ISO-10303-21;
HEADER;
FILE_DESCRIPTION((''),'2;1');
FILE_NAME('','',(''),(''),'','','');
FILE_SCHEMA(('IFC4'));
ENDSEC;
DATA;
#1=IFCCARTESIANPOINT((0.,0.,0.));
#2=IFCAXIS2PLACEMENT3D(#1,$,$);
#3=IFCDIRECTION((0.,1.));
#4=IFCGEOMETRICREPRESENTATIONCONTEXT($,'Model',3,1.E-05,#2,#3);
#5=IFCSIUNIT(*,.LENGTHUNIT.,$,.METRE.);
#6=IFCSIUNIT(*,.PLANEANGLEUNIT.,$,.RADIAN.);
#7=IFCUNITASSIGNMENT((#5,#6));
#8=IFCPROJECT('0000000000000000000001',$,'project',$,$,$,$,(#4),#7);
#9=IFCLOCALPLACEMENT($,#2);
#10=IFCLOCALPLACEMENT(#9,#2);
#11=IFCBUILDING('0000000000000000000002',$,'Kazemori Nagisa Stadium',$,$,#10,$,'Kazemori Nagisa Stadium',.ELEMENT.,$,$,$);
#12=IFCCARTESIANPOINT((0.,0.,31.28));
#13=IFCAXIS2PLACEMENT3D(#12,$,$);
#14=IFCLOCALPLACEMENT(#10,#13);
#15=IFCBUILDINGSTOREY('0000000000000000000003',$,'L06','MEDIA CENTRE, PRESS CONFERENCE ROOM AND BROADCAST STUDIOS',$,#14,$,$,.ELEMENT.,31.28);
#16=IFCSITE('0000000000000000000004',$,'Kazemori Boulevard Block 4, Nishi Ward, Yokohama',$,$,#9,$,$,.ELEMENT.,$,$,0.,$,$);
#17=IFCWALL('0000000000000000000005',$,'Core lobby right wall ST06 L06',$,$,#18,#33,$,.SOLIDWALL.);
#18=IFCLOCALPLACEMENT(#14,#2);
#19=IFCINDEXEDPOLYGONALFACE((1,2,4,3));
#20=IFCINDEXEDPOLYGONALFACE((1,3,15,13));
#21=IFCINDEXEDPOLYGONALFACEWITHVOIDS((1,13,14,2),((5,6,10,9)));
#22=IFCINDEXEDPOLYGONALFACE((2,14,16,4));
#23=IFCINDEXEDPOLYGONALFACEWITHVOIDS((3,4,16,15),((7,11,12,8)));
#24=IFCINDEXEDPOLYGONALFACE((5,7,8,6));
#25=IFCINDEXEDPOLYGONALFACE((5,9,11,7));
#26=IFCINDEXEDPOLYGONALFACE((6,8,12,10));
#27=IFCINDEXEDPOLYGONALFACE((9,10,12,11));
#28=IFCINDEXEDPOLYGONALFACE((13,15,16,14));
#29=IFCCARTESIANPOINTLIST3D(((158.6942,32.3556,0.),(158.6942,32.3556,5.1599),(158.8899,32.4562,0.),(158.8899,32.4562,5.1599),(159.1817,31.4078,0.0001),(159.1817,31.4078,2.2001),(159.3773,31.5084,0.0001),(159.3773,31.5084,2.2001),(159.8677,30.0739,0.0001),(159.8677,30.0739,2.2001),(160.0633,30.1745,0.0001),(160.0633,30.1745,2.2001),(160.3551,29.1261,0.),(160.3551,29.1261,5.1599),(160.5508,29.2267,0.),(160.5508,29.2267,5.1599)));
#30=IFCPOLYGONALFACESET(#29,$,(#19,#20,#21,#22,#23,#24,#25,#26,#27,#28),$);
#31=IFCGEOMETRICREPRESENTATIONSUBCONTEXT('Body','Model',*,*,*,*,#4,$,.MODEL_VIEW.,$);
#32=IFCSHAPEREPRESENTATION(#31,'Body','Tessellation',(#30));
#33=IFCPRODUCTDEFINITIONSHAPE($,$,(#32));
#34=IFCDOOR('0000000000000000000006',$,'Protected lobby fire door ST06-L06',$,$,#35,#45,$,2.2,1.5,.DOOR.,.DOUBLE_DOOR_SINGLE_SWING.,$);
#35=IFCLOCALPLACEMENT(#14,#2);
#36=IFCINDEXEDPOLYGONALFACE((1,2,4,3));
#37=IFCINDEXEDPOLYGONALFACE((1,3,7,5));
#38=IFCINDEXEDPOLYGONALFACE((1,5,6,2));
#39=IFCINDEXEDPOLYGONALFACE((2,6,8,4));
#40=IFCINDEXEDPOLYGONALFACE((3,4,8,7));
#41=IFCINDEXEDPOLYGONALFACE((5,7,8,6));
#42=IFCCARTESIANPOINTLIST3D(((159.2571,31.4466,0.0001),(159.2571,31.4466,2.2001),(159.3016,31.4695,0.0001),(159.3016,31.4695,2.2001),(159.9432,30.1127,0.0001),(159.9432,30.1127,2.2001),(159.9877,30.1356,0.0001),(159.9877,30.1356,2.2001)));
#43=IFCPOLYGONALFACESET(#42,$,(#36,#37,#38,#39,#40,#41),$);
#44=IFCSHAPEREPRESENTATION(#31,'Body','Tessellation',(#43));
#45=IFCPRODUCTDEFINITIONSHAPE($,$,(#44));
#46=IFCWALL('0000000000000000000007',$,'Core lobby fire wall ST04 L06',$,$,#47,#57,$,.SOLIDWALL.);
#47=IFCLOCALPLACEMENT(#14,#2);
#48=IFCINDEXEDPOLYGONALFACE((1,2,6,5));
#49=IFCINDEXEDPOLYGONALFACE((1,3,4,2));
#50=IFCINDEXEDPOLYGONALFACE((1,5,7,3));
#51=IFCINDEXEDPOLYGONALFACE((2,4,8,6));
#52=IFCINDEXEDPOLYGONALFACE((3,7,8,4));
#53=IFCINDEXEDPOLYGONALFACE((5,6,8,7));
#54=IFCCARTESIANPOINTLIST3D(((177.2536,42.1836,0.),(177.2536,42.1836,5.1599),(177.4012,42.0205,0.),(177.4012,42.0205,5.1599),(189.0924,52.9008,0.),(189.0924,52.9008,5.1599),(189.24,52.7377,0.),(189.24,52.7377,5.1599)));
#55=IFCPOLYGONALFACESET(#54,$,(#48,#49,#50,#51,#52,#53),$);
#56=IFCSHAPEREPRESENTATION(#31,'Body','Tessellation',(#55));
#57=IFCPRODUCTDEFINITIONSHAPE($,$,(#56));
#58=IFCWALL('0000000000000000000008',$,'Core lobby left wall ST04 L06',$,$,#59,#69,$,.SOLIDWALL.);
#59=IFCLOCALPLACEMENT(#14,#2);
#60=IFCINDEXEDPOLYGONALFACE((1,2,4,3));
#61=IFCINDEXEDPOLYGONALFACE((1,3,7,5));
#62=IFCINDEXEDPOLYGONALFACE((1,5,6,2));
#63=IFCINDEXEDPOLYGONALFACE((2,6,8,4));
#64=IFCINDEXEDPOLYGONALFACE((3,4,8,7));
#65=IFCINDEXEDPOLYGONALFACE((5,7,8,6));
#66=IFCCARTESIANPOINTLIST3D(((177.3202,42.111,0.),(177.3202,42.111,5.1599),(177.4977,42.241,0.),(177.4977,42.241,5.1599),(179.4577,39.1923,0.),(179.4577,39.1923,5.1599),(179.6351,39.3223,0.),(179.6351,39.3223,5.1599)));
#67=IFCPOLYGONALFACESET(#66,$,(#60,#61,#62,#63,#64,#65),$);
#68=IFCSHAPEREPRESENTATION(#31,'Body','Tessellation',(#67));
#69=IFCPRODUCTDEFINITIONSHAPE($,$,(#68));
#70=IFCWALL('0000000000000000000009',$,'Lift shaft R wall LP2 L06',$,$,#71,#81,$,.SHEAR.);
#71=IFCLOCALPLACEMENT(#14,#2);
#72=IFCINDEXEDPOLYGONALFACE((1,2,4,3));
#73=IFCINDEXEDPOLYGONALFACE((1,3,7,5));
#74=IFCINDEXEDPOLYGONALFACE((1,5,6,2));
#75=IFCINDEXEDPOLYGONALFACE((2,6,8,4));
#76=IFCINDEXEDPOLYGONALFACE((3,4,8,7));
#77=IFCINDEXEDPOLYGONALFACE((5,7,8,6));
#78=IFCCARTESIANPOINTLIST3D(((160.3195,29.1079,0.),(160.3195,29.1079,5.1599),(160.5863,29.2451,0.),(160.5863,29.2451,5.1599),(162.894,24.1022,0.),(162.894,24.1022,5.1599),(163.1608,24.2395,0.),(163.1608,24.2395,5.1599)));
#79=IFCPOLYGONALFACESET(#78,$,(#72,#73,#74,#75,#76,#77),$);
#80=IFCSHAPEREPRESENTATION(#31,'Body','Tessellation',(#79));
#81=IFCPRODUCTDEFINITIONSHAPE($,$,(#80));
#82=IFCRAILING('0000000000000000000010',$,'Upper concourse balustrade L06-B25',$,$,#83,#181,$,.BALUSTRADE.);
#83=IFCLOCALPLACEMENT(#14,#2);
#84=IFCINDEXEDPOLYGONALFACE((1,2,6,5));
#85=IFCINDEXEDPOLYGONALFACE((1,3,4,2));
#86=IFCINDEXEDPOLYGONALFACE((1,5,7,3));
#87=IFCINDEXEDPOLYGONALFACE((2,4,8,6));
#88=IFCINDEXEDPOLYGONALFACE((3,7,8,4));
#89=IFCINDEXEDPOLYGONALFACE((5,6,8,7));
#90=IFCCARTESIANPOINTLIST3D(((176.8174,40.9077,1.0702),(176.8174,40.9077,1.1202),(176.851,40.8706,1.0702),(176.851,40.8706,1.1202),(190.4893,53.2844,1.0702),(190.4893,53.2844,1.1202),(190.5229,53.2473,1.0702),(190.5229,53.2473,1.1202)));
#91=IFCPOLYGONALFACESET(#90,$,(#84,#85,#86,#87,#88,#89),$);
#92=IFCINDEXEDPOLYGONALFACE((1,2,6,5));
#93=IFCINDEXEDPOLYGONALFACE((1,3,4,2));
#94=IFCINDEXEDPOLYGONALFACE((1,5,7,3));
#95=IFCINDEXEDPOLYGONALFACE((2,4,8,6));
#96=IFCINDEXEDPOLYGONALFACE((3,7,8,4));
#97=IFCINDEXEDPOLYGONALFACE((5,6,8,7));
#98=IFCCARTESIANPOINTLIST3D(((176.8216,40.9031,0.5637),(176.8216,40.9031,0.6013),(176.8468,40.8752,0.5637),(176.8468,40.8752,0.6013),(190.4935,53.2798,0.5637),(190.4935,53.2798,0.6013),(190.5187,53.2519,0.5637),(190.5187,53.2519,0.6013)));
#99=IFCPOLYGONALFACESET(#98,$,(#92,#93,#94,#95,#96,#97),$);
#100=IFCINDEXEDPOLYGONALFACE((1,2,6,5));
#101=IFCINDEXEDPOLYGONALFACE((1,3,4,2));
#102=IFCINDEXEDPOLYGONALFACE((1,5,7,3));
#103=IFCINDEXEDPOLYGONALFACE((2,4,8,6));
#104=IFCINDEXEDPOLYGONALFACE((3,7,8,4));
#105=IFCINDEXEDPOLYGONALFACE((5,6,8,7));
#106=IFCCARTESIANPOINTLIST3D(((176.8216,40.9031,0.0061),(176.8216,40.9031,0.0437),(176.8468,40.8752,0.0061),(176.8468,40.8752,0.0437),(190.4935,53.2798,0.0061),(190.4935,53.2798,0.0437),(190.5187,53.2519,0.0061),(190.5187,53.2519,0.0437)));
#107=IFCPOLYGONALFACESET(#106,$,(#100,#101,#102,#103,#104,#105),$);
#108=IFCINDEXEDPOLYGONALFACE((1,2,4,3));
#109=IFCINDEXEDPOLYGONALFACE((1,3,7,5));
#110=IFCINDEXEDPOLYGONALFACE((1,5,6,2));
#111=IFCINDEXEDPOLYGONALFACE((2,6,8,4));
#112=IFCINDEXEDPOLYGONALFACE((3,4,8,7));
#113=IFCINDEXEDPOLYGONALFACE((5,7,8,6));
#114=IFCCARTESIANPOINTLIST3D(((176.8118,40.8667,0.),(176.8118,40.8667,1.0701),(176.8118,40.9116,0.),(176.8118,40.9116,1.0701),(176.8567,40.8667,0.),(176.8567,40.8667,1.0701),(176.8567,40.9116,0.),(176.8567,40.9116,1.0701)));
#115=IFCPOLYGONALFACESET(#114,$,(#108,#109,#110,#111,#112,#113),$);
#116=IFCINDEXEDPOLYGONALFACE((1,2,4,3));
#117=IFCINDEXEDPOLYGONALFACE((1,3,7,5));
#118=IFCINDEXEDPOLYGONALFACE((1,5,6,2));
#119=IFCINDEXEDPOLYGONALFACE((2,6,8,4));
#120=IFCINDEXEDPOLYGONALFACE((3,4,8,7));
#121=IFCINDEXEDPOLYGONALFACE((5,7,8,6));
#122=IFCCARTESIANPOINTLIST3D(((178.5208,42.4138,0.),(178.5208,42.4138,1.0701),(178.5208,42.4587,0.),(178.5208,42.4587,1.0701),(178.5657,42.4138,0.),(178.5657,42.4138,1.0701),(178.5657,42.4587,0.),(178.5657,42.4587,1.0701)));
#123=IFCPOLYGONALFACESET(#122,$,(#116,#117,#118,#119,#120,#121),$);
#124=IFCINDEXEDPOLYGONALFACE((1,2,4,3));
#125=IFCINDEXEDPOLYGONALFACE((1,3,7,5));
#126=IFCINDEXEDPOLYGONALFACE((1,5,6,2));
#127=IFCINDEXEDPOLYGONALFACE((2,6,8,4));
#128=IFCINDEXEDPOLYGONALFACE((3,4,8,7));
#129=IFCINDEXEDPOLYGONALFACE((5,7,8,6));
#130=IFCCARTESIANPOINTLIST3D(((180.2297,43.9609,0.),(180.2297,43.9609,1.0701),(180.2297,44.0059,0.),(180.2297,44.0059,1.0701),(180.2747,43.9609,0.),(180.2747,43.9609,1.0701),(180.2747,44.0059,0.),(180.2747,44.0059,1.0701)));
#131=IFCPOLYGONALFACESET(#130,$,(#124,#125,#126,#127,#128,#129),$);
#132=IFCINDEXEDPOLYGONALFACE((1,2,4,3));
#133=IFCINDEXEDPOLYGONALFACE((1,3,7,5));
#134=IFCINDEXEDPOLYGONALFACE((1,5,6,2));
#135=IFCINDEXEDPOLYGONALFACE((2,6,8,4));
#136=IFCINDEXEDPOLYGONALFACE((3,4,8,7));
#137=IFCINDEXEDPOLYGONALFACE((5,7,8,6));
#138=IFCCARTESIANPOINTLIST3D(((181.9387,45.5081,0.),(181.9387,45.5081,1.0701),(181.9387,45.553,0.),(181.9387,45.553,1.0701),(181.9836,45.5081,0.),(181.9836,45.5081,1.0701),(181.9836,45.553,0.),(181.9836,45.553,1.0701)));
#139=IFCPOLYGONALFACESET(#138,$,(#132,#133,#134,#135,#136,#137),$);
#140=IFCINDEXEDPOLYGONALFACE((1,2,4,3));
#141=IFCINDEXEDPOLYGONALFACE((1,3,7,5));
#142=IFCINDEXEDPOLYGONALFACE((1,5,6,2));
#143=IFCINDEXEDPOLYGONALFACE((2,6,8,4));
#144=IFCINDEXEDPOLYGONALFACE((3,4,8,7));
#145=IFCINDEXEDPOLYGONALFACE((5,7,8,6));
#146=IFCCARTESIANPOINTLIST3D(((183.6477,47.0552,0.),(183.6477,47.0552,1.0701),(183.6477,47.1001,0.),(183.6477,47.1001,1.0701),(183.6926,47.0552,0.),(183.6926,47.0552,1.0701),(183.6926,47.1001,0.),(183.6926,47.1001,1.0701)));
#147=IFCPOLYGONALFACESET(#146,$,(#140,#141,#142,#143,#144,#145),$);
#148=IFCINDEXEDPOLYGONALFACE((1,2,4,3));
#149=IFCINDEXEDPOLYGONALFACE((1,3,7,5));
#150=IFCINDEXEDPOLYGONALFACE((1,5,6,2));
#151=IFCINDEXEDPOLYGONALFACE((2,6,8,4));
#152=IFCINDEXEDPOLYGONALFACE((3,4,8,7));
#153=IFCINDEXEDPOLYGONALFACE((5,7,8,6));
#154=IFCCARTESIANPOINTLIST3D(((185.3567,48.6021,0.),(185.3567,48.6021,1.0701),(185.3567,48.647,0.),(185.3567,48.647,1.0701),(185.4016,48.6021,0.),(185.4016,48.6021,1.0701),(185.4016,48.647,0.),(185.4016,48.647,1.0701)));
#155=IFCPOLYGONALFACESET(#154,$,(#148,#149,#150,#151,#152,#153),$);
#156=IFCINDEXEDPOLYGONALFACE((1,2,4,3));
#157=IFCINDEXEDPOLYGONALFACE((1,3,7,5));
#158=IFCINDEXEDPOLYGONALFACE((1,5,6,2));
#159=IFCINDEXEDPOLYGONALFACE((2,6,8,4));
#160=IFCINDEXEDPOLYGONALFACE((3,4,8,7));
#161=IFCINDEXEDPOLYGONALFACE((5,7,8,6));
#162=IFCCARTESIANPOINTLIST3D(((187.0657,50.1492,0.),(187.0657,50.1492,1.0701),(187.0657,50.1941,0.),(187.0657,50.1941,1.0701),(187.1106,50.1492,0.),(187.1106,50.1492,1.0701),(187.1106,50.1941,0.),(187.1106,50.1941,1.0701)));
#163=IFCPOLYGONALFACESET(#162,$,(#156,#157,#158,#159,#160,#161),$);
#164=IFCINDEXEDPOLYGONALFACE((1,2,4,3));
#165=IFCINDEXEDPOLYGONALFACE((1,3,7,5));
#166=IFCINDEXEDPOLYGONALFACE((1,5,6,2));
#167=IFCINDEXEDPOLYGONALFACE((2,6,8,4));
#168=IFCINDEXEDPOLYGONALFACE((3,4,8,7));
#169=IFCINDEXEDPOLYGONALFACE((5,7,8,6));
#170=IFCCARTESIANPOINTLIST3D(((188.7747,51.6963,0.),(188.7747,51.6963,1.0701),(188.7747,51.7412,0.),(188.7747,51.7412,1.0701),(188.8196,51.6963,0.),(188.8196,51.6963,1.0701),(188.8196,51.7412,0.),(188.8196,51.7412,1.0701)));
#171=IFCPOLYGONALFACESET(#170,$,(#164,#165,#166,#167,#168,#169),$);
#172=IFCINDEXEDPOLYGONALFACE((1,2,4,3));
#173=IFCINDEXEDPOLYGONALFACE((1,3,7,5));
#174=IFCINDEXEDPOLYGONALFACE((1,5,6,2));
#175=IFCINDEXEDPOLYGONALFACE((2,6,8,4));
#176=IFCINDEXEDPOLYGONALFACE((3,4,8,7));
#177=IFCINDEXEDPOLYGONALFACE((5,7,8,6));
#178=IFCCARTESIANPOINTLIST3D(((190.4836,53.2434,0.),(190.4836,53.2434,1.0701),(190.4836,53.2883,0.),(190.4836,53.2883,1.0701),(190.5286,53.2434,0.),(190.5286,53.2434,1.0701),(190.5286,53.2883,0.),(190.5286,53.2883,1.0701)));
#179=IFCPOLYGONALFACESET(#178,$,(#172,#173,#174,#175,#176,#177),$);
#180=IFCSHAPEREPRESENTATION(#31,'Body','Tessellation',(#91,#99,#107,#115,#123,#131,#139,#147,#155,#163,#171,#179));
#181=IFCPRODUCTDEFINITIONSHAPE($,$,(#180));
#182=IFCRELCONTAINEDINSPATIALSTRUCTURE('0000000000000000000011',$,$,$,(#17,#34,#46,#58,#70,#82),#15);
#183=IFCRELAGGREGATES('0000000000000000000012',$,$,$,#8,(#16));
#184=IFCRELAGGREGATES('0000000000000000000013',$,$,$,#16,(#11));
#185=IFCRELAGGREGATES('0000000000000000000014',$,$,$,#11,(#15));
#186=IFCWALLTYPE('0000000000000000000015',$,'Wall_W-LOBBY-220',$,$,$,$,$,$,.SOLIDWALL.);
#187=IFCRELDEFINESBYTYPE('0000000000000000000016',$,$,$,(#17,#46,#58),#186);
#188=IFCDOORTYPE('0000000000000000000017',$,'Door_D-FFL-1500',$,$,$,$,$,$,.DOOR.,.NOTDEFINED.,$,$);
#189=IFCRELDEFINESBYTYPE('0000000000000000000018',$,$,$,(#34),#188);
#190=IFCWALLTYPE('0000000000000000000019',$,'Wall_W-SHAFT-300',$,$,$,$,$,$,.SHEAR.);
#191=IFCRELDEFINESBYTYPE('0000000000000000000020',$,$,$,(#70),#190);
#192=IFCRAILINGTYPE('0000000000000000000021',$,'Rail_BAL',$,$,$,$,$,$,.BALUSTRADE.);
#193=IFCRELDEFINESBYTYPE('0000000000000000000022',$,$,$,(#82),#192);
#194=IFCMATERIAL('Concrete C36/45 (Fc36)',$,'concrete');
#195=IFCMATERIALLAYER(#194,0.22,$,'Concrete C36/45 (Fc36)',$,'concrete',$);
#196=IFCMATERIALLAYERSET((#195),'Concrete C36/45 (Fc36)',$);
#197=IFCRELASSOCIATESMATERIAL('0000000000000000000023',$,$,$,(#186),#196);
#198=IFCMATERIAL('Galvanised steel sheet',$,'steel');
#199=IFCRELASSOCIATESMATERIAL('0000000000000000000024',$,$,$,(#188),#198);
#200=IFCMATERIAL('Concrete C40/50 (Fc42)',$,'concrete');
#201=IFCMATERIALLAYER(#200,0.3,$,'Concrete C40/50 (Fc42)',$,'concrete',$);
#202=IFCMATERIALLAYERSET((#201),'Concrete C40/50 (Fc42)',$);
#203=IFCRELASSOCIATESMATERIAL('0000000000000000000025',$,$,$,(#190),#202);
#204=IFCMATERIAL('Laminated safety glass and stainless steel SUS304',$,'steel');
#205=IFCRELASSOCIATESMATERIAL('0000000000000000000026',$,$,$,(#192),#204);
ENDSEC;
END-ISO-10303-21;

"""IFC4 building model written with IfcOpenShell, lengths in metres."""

from ifc_helpers import new_model, si_unit, direction, frame, frame_2d, origin, origin_2d, place, context, subcontext, project, spatial, rectangle, extrude, material, layer, layer_set, type_object, element, fill, save


model = new_model("IFC4")

# Units and contexts
model_context = context("Model", 3, precision=1e-05, world=origin(), true_north=direction((0.0, 1.0)))
body_context = subcontext(model_context, "Body", "Model", "MODEL_VIEW")
ifc_project = project(units=[si_unit("LENGTHUNIT", "METRE"), si_unit("PLANEANGLEUNIT", "RADIAN")], contexts=[model_context])

# Site, building, storey
site_placement = place(None, origin())
site = spatial("IfcSite", under=ifc_project, at=site_placement, Name="Kazemori Boulevard Block 4, Nishi Ward, Yokohama", CompositionType="ELEMENT", RefElevation=0.0)
building_placement = place(site_placement, origin())
building = spatial("IfcBuilding", under=site, at=building_placement, Name="Kazemori Nagisa Stadium", LongName="Kazemori Nagisa Stadium", CompositionType="ELEMENT")
storey_placement = place(building_placement, frame((0.0, 0.0, 31.28)))
storey = spatial("IfcBuildingStorey", under=building, at=storey_placement, Name="L06", Description="MEDIA CENTRE, PRESS CONFERENCE ROOM AND BROADCAST STUDIOS", CompositionType="ELEMENT", Elevation=31.28)

# Shared definitions
ifc_material_1 = material(Name="Concrete C40/50 (Fc42)", Category="concrete")

# Shared definitions
ifc_material_2 = material(Name="Galvanised steel sheet", Category="steel")

# Wall, opening, door
ifc_material_3 = material(Name="Concrete C36/45 (Fc36)", Category="concrete")
ifc_layer_1 = layer(ifc_material_3, 0.22, Name="Concrete C36/45 (Fc36)", Category="concrete")
ifc_layer_set_1 = layer_set([ifc_layer_1], Name="Concrete C36/45 (Fc36)")
wall_type_1 = type_object("IfcWallType", Name="Wall_W-LOBBY-220", PredefinedType="SOLIDWALL", material=ifc_layer_set_1)
wall_1_placement = place(storey_placement, frame((158.792, 32.406, 0.0), z_axis=(0.0, 0.0, 1.0), x_axis=(0.45735, -0.889287, 0.0)))
wall_1 = element("IfcWall", 1, at=wall_1_placement, inside=storey, type_object=wall_type_1, Name="Core lobby right wall ST06 L06", PredefinedType="SOLIDWALL", context=body_context, shape_type="SweptSolid", body=[
    extrude(rectangle(XDim=3.6316, YDim=0.22, at=frame_2d((1.8159, 0.0))), origin(), (0.0, 0.0, 1.0), 5.1599),
])
opening_1_placement = place(wall_1_placement, frame((1.0659, 0.0, 0.0)))
opening_1 = element("IfcOpeningElement", 2, at=opening_1_placement, cuts=wall_1, PredefinedType="OPENING", context=body_context, shape_type="SweptSolid", body=[
    extrude(rectangle(XDim=1.5, YDim=2.2, at=frame_2d((0.75, 1.1001))), frame((0.0, 0.1199, 0.0), z_axis=(0.0, -1.0, 0.0), x_axis=(1.0, 0.0, 0.0)), (0.0, 0.0, 1.0), 0.24),
])
door_type_1 = type_object("IfcDoorType", Name="Door_D-FFL-1500", OperationType="NOTDEFINED", PredefinedType="DOOR", material=ifc_material_2)
door_1_placement = place(opening_1_placement, origin())
door_1 = element("IfcDoor", 3, at=door_1_placement, inside=storey, type_object=door_type_1, Name="Protected lobby fire door ST06-L06", OperationType="DOUBLE_DOOR_SINGLE_SWING", OverallHeight=2.2, OverallWidth=1.5, PredefinedType="DOOR", context=body_context, shape_type="SweptSolid", body=[
    extrude(rectangle(XDim=1.5, YDim=2.2, at=frame_2d((0.75, 1.1001))), frame((0.0, 0.0249, 0.0), z_axis=(0.0, -1.0, 0.0), x_axis=(1.0, 0.0, 0.0)), (0.0, 0.0, 1.0), 0.05),
])
fill(opening_1, door_1)

# Walls
wall_2_placement = place(storey_placement, frame((177.3274, 42.1021, 0.0), z_axis=(0.0, 0.0, 1.0), x_axis=(0.741351, 0.671117, 0.0)))
element("IfcWall", 4, at=wall_2_placement, inside=storey, type_object=wall_type_1, Name="Core lobby fire wall ST04 L06", PredefinedType="SOLIDWALL", context=body_context, shape_type="SweptSolid", body=[
    extrude(rectangle(XDim=15.9692, YDim=0.22, at=frame_2d((7.9846, 0.0))), origin(), (0.0, 0.0, 1.0), 5.1599),
])
wall_3_placement = place(storey_placement, frame((177.4089, 42.176, 0.0), z_axis=(0.0, 0.0, 1.0), x_axis=(0.590837, -0.806791, 0.0)))
element("IfcWall", 5, at=wall_3_placement, inside=storey, type_object=wall_type_1, Name="Core lobby left wall ST04 L06", PredefinedType="SOLIDWALL", context=body_context, shape_type="SweptSolid", body=[
    extrude(rectangle(XDim=3.6177, YDim=0.22, at=frame_2d((1.8088, 0.0))), origin(), (0.0, 0.0, 1.0), 5.1599),
])
ifc_layer_2 = layer(ifc_material_1, 0.3, Name="Concrete C40/50 (Fc42)", Category="concrete")
ifc_layer_set_2 = layer_set([ifc_layer_2], Name="Concrete C40/50 (Fc42)")
wall_type_2 = type_object("IfcWallType", Name="Wall_W-SHAFT-300", PredefinedType="SHEAR", material=ifc_layer_set_2)
wall_4_placement = place(storey_placement, frame((160.4529, 29.1765, 0.0), z_axis=(0.0, 0.0, 1.0), x_axis=(0.457369, -0.889277, 0.0)))
element("IfcWall", 6, at=wall_4_placement, inside=storey, type_object=wall_type_2, Name="Lift shaft R wall LP2 L06", PredefinedType="SHEAR", context=body_context, shape_type="SweptSolid", body=[
    extrude(rectangle(XDim=5.6289, YDim=0.3, at=frame_2d((2.8145, 0.0))), origin(), (0.0, 0.0, 1.0), 5.1599),
])

# Railing
ifc_material_4 = material(Name="Laminated safety glass and stainless steel SUS304", Category="steel")
railing_type = type_object("IfcRailingType", Name="Rail_BAL", PredefinedType="BALUSTRADE", material=ifc_material_4)
railing_placement = place(storey_placement, frame((176.8342, 40.8892, 0.0)))
element("IfcRailing", 7, at=railing_placement, inside=storey, type_object=railing_type, Name="Upper concourse balustrade L06-B25", PredefinedType="BALUSTRADE", context=body_context, shape_type="SweptSolid", body=[
    extrude(rectangle(XDim=0.05, YDim=0.05, at=origin_2d()), frame((0.0, 0.0, 1.0952), z_axis=(0.741349, 0.67112, 0.0), x_axis=(-0.67112, 0.741349, 0.0)), (0.0, 0.0, 1.0), 18.4419),
    extrude(rectangle(XDim=0.0376, YDim=0.0376, at=origin_2d()), frame((0.0, 0.0, 0.5825), z_axis=(0.741349, 0.67112, 0.0), x_axis=(-0.67112, 0.741349, 0.0)), (0.0, 0.0, 1.0), 18.4419),
    extrude(rectangle(XDim=0.0376, YDim=0.0376, at=origin_2d()), frame((0.0, 0.0, 0.0249), z_axis=(0.741349, 0.67112, 0.0), x_axis=(-0.67112, 0.741349, 0.0)), (0.0, 0.0, 1.0), 18.4419),
    extrude(rectangle(XDim=0.0449, YDim=0.0449, at=origin_2d()), origin(), (0.0, 0.0, 1.0), 1.0701),
    extrude(rectangle(XDim=0.0449, YDim=0.0449, at=origin_2d()), frame((1.709, 1.5471, 0.0)), (0.0, 0.0, 1.0), 1.0701),
    extrude(rectangle(XDim=0.0449, YDim=0.0449, at=origin_2d()), frame((3.418, 3.0942, 0.0)), (0.0, 0.0, 1.0), 1.0701),
    extrude(rectangle(XDim=0.0449, YDim=0.0449, at=origin_2d()), frame((5.127, 4.6414, 0.0)), (0.0, 0.0, 1.0), 1.0701),
    extrude(rectangle(XDim=0.0449, YDim=0.0449, at=origin_2d()), frame((6.8359, 6.1885, 0.0)), (0.0, 0.0, 1.0), 1.0701),
    extrude(rectangle(XDim=0.0449, YDim=0.0449, at=origin_2d()), frame((8.5449, 7.7354, 0.0)), (0.0, 0.0, 1.0), 1.0701),
    extrude(rectangle(XDim=0.0449, YDim=0.0449, at=origin_2d()), frame((10.2539, 9.2825, 0.0)), (0.0, 0.0, 1.0), 1.0701),
    extrude(rectangle(XDim=0.0449, YDim=0.0449, at=origin_2d()), frame((11.9629, 10.8296, 0.0)), (0.0, 0.0, 1.0), 1.0701),
    extrude(rectangle(XDim=0.0449, YDim=0.0449, at=origin_2d()), frame((13.6719, 12.3767, 0.0)), (0.0, 0.0, 1.0), 1.0701),
])

save(model, "model.ifc")
